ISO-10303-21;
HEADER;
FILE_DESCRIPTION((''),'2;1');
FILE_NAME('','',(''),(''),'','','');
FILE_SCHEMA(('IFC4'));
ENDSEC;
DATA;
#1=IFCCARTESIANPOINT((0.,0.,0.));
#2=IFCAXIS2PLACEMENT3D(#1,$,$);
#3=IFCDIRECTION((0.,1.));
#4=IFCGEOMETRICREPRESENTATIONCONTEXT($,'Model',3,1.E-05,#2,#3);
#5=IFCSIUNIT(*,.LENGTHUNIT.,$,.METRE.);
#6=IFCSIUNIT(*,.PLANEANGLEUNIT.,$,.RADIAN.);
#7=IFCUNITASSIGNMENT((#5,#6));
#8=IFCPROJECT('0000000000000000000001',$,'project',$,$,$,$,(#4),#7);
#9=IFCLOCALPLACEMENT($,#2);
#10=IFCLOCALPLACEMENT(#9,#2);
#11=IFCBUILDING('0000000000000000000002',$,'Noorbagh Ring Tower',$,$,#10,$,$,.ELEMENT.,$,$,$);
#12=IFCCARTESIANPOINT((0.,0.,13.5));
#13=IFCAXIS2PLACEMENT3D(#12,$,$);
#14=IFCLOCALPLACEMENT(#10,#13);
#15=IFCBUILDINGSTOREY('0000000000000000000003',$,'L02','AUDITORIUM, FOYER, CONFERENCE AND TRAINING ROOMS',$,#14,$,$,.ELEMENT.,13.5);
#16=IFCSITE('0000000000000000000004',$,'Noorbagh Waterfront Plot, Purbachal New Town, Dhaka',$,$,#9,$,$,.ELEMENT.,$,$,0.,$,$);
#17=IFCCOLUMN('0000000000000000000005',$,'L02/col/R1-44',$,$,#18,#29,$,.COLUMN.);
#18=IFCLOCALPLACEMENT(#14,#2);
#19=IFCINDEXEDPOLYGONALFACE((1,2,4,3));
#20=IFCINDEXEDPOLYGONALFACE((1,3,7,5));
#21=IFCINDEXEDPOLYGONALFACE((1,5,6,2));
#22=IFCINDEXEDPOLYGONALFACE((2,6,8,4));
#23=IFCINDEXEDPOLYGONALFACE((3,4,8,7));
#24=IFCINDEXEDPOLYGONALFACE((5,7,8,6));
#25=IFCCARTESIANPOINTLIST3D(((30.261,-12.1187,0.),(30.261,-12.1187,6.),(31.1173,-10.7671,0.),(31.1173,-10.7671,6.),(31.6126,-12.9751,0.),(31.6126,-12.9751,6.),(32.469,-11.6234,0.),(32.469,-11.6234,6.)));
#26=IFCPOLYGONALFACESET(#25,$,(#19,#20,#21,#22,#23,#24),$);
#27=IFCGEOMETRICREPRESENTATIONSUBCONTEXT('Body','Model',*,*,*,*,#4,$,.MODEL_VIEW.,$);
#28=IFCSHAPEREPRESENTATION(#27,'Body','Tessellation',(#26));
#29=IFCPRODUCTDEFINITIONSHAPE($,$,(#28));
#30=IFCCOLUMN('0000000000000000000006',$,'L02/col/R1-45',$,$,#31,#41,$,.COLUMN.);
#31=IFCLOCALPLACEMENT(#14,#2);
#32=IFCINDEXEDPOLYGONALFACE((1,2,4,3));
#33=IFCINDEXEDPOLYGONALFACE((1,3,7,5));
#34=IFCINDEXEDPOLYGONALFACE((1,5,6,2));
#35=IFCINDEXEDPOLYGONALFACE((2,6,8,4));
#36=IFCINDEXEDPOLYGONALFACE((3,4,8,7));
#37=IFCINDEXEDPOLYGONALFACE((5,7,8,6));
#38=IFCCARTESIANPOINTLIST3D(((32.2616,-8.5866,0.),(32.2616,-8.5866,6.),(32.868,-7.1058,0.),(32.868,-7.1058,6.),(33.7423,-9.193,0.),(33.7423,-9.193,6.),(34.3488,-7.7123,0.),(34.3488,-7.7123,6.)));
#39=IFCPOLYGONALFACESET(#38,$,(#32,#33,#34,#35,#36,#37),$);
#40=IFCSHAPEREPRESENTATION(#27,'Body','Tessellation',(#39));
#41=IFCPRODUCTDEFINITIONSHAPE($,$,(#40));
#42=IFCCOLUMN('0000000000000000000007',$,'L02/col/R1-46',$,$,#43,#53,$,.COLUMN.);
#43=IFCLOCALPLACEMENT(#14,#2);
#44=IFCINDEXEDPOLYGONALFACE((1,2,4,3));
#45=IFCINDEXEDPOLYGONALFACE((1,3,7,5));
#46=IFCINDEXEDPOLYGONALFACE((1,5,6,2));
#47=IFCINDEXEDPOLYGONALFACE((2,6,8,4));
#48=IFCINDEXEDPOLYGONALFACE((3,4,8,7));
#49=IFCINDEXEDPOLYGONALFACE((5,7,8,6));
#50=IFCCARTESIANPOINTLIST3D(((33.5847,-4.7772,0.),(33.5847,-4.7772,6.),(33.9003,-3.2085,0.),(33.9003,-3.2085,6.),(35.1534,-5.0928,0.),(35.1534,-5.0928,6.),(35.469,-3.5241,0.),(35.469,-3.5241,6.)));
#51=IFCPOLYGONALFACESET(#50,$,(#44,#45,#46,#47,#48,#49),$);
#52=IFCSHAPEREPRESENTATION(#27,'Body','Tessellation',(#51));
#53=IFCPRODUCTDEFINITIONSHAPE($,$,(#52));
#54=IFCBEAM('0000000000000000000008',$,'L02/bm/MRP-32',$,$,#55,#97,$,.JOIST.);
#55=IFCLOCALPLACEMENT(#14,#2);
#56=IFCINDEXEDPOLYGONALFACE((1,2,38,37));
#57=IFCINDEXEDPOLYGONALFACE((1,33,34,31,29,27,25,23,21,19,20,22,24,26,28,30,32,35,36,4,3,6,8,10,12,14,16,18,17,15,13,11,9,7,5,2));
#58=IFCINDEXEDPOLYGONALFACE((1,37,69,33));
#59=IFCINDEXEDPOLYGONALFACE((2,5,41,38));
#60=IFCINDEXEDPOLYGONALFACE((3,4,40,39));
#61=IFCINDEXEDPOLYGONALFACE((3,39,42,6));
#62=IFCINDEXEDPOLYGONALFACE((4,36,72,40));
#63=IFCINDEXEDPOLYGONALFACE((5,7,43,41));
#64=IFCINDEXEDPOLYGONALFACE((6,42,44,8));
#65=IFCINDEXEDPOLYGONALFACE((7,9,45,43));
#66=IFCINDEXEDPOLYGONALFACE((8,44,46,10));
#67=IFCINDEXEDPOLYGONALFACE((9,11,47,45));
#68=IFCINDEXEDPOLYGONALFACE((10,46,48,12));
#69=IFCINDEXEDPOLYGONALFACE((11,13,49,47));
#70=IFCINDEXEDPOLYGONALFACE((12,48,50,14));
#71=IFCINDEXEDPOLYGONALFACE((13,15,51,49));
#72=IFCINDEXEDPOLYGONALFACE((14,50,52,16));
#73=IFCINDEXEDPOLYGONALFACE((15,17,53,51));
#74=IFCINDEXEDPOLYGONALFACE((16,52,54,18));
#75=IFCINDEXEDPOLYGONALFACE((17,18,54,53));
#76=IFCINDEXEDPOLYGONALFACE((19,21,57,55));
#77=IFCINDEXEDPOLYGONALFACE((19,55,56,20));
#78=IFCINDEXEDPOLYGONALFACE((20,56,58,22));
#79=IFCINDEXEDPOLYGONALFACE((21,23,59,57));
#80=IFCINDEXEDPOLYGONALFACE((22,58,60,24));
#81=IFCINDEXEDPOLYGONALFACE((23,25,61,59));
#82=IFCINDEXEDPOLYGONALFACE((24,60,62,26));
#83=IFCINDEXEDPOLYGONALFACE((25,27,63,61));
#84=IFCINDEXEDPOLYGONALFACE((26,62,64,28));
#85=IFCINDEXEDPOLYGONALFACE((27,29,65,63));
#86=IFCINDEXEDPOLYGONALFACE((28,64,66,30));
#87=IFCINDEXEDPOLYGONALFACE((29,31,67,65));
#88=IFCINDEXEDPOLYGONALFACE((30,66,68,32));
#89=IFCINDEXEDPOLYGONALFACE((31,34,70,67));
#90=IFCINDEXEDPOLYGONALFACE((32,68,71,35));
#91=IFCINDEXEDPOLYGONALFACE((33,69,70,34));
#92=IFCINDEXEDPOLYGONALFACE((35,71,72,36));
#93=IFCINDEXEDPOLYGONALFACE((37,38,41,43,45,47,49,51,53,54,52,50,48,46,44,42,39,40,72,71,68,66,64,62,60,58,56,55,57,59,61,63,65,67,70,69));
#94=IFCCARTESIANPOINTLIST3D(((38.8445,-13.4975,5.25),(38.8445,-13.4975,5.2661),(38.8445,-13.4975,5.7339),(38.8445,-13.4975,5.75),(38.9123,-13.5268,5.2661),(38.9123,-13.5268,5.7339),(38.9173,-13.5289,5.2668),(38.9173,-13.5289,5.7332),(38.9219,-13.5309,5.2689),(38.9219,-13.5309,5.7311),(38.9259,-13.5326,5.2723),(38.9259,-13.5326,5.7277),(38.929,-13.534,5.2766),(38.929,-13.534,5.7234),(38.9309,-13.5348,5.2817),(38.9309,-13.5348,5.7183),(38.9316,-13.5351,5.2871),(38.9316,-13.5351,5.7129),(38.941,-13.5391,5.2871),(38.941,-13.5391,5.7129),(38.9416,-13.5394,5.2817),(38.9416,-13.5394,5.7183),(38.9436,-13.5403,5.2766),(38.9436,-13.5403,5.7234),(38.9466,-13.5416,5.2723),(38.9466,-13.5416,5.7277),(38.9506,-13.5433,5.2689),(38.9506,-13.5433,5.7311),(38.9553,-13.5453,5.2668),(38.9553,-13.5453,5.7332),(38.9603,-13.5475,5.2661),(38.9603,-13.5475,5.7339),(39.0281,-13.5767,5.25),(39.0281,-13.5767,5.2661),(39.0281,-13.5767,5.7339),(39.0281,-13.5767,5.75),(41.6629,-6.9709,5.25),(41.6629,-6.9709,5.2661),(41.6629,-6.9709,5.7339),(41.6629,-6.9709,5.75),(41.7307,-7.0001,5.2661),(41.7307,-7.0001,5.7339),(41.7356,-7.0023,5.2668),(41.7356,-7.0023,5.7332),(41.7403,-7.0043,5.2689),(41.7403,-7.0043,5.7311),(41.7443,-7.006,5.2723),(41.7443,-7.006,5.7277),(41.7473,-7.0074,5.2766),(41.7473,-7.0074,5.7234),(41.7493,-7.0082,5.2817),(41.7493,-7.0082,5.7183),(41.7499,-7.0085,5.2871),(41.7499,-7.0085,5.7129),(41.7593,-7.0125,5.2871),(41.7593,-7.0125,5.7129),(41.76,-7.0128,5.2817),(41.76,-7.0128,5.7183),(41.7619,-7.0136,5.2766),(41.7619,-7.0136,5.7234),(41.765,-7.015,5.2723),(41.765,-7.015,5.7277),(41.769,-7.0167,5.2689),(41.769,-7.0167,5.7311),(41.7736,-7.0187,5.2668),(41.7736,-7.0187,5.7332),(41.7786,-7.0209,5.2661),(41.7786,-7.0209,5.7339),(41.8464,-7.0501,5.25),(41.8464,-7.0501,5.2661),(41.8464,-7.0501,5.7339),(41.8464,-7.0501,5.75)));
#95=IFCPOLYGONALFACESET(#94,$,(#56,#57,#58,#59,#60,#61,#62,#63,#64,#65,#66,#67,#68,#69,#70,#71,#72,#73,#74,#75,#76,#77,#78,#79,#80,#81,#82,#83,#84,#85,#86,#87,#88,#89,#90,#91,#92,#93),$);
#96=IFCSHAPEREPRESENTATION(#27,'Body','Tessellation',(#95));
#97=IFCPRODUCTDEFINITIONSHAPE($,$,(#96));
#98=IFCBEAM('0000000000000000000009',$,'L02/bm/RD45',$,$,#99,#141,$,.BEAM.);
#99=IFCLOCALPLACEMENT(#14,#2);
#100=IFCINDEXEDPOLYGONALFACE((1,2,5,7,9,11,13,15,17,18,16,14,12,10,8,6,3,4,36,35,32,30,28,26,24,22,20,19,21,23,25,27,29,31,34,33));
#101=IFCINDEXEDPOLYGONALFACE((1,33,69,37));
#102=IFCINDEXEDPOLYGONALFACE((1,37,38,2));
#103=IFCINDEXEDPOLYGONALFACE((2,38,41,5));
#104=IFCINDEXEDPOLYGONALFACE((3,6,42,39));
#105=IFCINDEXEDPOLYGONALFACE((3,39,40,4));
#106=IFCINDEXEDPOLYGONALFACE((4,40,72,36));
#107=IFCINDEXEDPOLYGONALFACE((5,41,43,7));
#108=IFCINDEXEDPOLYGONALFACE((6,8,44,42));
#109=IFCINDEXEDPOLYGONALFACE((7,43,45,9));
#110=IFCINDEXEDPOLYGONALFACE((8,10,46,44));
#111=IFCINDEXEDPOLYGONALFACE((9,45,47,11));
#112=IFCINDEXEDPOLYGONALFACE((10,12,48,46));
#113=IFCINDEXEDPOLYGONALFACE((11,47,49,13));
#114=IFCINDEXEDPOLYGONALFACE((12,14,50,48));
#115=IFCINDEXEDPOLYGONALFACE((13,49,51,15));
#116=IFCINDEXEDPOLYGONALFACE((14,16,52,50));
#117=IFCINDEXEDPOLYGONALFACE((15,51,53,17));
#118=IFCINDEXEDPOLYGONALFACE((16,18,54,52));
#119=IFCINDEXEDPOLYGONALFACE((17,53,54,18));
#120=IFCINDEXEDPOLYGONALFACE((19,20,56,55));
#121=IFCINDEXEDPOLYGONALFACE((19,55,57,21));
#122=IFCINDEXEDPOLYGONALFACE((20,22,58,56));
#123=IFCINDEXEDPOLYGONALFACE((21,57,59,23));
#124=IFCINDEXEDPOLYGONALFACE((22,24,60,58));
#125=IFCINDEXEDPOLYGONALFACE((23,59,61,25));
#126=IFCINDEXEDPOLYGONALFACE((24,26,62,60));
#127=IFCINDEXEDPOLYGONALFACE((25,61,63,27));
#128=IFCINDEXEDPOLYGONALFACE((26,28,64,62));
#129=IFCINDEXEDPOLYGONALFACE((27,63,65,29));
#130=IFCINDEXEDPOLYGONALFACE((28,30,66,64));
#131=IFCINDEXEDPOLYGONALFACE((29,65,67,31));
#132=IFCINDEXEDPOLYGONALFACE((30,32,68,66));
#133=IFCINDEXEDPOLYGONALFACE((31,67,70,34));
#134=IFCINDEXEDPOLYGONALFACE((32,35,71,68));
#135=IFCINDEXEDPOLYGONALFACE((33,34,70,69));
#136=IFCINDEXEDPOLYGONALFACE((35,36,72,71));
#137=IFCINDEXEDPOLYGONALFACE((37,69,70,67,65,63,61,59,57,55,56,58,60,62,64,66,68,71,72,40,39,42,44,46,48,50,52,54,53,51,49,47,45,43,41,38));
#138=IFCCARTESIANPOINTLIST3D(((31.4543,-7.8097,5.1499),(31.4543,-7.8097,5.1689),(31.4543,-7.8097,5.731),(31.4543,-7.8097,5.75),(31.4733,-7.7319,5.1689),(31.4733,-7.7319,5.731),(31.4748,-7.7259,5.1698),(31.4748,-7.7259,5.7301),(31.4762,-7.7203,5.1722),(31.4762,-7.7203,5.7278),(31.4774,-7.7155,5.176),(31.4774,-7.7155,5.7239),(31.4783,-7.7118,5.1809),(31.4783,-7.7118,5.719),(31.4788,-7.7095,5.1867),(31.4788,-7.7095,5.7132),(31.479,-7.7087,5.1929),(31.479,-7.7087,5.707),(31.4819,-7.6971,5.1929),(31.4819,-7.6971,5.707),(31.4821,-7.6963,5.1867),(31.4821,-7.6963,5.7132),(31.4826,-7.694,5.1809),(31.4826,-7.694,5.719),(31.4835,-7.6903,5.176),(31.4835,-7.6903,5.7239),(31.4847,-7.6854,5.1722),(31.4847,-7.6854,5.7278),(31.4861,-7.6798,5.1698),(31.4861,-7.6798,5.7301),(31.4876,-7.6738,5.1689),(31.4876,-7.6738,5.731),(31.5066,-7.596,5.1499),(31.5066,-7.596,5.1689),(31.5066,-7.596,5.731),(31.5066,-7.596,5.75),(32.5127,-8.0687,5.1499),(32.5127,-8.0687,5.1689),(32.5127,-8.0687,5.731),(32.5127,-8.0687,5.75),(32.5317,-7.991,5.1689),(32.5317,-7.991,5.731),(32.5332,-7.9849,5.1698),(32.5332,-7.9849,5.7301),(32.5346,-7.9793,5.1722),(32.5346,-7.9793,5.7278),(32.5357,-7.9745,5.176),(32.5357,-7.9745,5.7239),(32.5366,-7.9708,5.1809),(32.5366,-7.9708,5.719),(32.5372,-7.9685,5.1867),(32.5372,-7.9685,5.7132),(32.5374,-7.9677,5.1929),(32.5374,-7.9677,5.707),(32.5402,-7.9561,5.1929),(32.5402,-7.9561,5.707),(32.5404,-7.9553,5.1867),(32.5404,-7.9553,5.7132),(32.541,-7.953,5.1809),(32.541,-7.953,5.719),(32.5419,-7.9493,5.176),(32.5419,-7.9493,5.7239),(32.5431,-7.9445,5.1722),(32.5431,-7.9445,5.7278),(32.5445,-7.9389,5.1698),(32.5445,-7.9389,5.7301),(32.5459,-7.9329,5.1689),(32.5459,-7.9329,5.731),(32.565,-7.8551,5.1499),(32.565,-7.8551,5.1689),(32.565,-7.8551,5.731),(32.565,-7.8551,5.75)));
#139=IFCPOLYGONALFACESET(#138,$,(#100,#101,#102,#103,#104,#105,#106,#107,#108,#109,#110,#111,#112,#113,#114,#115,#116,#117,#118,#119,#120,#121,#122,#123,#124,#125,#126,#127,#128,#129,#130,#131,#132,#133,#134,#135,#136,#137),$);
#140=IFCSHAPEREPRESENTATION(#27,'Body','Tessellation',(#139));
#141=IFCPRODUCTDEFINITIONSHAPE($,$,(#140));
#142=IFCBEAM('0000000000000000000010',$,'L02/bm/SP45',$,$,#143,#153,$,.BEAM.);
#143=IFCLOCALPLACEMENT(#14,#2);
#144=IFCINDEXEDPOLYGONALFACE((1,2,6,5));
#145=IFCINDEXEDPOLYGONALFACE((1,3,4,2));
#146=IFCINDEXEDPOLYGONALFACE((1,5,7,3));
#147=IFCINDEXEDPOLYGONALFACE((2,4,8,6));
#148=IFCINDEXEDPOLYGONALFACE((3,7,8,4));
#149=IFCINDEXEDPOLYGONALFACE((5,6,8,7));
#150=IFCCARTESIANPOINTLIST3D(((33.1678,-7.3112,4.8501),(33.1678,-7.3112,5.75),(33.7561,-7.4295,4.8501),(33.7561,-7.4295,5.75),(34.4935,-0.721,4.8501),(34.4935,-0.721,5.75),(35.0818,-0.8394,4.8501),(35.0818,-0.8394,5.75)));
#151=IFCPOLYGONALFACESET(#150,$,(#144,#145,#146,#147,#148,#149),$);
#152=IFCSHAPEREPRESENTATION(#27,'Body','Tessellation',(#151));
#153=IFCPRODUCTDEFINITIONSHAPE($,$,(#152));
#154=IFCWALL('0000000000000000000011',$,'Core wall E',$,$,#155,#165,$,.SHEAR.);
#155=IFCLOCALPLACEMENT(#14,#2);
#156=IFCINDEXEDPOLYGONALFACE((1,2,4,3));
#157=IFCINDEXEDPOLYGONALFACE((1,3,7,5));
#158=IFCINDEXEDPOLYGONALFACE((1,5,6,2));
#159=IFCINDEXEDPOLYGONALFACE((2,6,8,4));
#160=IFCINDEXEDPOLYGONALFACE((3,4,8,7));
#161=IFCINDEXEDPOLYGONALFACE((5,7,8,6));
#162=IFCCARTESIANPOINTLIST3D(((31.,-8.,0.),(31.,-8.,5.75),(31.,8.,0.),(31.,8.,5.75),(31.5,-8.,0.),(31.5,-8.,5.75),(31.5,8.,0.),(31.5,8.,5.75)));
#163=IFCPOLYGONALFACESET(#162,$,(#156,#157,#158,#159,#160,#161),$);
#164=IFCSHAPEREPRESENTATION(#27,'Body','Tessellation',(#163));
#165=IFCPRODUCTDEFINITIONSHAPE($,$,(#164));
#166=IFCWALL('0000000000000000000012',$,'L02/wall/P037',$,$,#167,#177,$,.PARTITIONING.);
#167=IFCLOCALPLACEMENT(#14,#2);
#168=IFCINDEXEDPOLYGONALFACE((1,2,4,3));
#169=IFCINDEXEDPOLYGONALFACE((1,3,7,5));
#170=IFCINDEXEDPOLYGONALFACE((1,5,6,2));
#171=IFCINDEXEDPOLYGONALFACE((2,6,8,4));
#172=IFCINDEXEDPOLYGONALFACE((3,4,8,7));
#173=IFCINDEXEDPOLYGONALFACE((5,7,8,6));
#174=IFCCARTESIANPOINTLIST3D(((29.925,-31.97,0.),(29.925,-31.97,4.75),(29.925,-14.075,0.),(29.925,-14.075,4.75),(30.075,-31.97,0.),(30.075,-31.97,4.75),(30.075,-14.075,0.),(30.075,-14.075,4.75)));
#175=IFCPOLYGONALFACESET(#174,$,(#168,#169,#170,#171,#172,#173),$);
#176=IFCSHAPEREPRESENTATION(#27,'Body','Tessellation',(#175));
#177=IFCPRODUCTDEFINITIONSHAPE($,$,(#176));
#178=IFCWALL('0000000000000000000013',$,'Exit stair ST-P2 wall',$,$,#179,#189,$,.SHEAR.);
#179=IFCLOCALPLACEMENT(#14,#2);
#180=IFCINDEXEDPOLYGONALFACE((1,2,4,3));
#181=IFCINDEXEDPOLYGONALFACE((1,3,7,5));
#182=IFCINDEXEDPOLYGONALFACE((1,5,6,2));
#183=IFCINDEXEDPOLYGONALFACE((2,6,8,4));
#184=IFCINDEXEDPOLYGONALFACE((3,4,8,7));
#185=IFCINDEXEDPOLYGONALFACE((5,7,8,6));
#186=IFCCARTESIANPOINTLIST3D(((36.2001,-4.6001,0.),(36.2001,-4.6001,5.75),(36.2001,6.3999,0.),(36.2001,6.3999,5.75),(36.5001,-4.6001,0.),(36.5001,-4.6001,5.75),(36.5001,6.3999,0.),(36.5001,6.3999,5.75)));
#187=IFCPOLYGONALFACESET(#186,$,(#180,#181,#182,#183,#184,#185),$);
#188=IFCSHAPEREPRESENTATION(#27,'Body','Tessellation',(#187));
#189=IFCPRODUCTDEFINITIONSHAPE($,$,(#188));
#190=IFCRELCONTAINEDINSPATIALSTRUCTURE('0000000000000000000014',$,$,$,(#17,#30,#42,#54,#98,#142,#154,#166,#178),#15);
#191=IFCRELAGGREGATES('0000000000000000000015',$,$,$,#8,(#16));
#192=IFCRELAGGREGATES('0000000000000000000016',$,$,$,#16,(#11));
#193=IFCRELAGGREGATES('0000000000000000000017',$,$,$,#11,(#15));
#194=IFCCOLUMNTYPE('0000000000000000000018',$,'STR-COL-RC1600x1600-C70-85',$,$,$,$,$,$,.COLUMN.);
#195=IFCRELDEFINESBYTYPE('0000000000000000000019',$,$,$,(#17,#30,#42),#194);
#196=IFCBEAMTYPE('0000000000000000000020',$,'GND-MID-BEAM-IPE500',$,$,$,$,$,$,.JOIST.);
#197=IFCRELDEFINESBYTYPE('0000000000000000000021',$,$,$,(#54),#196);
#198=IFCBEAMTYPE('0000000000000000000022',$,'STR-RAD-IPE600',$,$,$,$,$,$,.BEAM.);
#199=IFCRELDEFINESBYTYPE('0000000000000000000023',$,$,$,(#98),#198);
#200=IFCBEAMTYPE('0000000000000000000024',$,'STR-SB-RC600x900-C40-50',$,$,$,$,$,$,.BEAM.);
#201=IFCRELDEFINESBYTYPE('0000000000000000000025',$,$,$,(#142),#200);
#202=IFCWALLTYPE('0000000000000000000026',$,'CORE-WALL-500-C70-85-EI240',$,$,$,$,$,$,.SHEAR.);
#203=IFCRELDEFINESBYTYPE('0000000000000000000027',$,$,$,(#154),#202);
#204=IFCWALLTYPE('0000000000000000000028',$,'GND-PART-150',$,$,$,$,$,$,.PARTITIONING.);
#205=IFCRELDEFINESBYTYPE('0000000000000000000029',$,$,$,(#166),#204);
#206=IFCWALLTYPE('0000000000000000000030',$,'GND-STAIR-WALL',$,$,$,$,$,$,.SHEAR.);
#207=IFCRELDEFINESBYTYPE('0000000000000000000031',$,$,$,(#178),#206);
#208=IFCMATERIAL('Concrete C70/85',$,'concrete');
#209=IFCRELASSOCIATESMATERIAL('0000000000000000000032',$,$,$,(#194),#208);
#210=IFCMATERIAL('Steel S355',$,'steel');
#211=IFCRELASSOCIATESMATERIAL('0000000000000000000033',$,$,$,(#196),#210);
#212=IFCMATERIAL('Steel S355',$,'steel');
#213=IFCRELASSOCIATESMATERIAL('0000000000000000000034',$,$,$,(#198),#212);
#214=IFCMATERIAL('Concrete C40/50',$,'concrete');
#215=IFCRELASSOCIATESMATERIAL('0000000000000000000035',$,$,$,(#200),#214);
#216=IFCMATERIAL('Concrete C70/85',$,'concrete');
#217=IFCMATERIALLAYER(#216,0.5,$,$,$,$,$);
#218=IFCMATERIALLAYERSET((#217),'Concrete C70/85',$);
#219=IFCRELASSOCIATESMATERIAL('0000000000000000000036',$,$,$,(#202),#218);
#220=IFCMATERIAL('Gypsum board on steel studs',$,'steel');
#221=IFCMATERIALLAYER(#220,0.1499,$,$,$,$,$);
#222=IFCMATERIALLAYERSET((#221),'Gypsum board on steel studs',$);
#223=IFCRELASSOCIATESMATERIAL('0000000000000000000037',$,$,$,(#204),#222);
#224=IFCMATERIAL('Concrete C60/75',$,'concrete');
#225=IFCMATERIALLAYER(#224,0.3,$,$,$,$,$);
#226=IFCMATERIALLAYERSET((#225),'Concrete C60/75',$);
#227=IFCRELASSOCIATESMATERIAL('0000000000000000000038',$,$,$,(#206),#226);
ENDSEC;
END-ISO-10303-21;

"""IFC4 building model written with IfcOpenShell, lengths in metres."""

from ifc_helpers import new_model, si_unit, direction, frame, frame_2d, origin, origin_2d, place, context, subcontext, project, spatial, rectangle, i_section, extrude, material, layer, layer_set, material_profile, profile_set, type_object, element, save


model = new_model("IFC4")

# Units and contexts
model_context = context("Model", 3, precision=1e-05, world=origin(), true_north=direction((0.0, 1.0)))
body_context = subcontext(model_context, "Body", "Model", "MODEL_VIEW")
ifc_project = project(units=[si_unit("LENGTHUNIT", "METRE"), si_unit("PLANEANGLEUNIT", "RADIAN")], contexts=[model_context])

# Site, building, storey
site_placement = place(None, origin())
site = spatial("IfcSite", under=ifc_project, at=site_placement, Name="Noorbagh Waterfront Plot, Purbachal New Town, Dhaka", CompositionType="ELEMENT", RefElevation=0.0)
building_placement = place(site_placement, origin())
building = spatial("IfcBuilding", under=site, at=building_placement, Name="Noorbagh Ring Tower", CompositionType="ELEMENT")
storey_placement = place(building_placement, frame((0.0, 0.0, 13.5)))
storey = spatial("IfcBuildingStorey", under=building, at=storey_placement, Name="L02", Description="AUDITORIUM, FOYER, CONFERENCE AND TRAINING ROOMS", CompositionType="ELEMENT", Elevation=13.5)

# Columns
ifc_material_1 = material(Name="Concrete C70/85", Category="concrete")
ifc_material_profile_1 = material_profile(ifc_material_1, rectangle(XDim=1.6001, YDim=1.6001, at=origin_2d()), Name="RC1600x1600")
ifc_profile_set_1 = profile_set([ifc_material_profile_1], Name="Concrete C70/85")
column_type = type_object("IfcColumnType", Name="STR-COL-RC1600x1600-C70-85", PredefinedType="COLUMN", material=ifc_profile_set_1)
for number, where, z_axis, x_axis, name in (
    (1, (31.365, -11.8711, 0.0), (0.0, 0.0, 1.0), (0.53519, 0.844731, 0.0), "L02/col/R1-44"),
    (2, (33.3052, -8.1494, 0.0), (0.0, 0.0, 1.0), (0.378989, 0.925401, 0.0), "L02/col/R1-45"),
    (3, (34.5269, -4.1506, 0.0), (0.0, 0.0, 1.0), (0.19723, 0.980357, 0.0), "L02/col/R1-46"),
):
    element("IfcColumn", number, at=place(storey_placement, frame(where, z_axis=z_axis, x_axis=x_axis)), inside=storey, type_object=column_type, Name=name, PredefinedType="COLUMN", context=body_context, shape_type="SweptSolid", body=[
        extrude(rectangle(XDim=1.6001, YDim=1.6001, at=origin_2d()), origin(), (0.0, 0.0, 1.0), 6.0),
    ])

# Beams
ifc_material_2 = material(Name="Steel S355", Category="steel")
ifc_material_profile_2 = material_profile(ifc_material_2, i_section(OverallWidth=0.2, OverallDepth=0.5, WebThickness=0.0103, FlangeThickness=0.0161, FilletRadius=0.021, at=origin_2d()), Name="IPE500")
ifc_profile_set_2 = profile_set([ifc_material_profile_2], Name="Steel S355")
beam_type_1 = type_object("IfcBeamType", Name="GND-MID-BEAM-IPE500", PredefinedType="JOIST", material=ifc_profile_set_2)
beam_1_placement = place(storey_placement, frame((38.9363, -13.5371, 5.5), z_axis=(0.396442, 0.91806, 0.0), x_axis=(-0.91806, 0.396442, 0.0)))
element("IfcBeam", 4, at=beam_1_placement, inside=storey, type_object=beam_type_1, Name="L02/bm/MRP-32", PredefinedType="JOIST", context=body_context, shape_type="SweptSolid", body=[
    extrude(i_section(OverallWidth=0.2, OverallDepth=0.5, WebThickness=0.0103, FlangeThickness=0.0161, FilletRadius=0.021, at=origin_2d()), origin(), (0.0, 0.0, 1.0), 7.1091),
])
ifc_material_3 = material(Name="Steel S355", Category="steel")
ifc_material_profile_3 = material_profile(ifc_material_3, i_section(OverallWidth=0.22, OverallDepth=0.6001, WebThickness=0.012, FlangeThickness=0.019, FilletRadius=0.0239, at=origin_2d()), Name="IPE600")
ifc_profile_set_3 = profile_set([ifc_material_profile_3], Name="Steel S355")
beam_type_2 = type_object("IfcBeamType", Name="STR-RAD-IPE600", PredefinedType="BEAM", material=ifc_profile_set_3)
beam_2_placement = place(storey_placement, frame((32.5388, -7.9619, 5.45), z_axis=(-0.97133, 0.237735, 0.0), x_axis=(-0.237735, -0.97133, 0.0)))
element("IfcBeam", 5, at=beam_2_placement, inside=storey, type_object=beam_type_2, Name="L02/bm/RD45", PredefinedType="BEAM", context=body_context, shape_type="SweptSolid", body=[
    extrude(i_section(OverallWidth=0.22, OverallDepth=0.6001, WebThickness=0.012, FlangeThickness=0.019, FilletRadius=0.0239, at=origin_2d()), origin(), (0.0, 0.0, 1.0), 1.0896),
])
ifc_material_4 = material(Name="Concrete C40/50", Category="concrete")
ifc_material_profile_4 = material_profile(ifc_material_4, rectangle(XDim=0.6001, YDim=0.8999, at=origin_2d()), Name="RC600x900")
ifc_profile_set_4 = profile_set([ifc_material_profile_4], Name="Concrete C40/50")
beam_type_3 = type_object("IfcBeamType", Name="STR-SB-RC600x900-C40-50", PredefinedType="BEAM", material=ifc_profile_set_4)
beam_3_placement = place(storey_placement, frame((33.4619, -7.3704, 5.3), z_axis=(0.197213, 0.980361, 0.0), x_axis=(-0.980361, 0.197213, 0.0)))
element("IfcBeam", 6, at=beam_3_placement, inside=storey, type_object=beam_type_3, Name="L02/bm/SP45", PredefinedType="BEAM", context=body_context, shape_type="SweptSolid", body=[
    extrude(rectangle(XDim=0.6001, YDim=0.8999, at=origin_2d()), origin(), (0.0, 0.0, 1.0), 6.7222),
])

# Walls
ifc_material_5 = material(Name="Concrete C70/85", Category="concrete")
ifc_layer_1 = layer(ifc_material_5, 0.5)
ifc_layer_set_1 = layer_set([ifc_layer_1], Name="Concrete C70/85")
wall_type_1 = type_object("IfcWallType", Name="CORE-WALL-500-C70-85-EI240", PredefinedType="SHEAR", material=ifc_layer_set_1)
wall_1_placement = place(storey_placement, frame((31.25, -8.0, 0.0), z_axis=(0.0, 0.0, 1.0), x_axis=(0.0, 1.0, 0.0)))
element("IfcWall", 7, at=wall_1_placement, inside=storey, type_object=wall_type_1, Name="Core wall E", PredefinedType="SHEAR", context=body_context, shape_type="SweptSolid", body=[
    extrude(rectangle(XDim=16.0, YDim=0.5, at=frame_2d((8.0, 0.0))), origin(), (0.0, 0.0, 1.0), 5.75),
])
ifc_material_6 = material(Name="Gypsum board on steel studs", Category="steel")
ifc_layer_2 = layer(ifc_material_6, 0.1499)
ifc_layer_set_2 = layer_set([ifc_layer_2], Name="Gypsum board on steel studs")
wall_type_2 = type_object("IfcWallType", Name="GND-PART-150", PredefinedType="PARTITIONING", material=ifc_layer_set_2)
wall_2_placement = place(storey_placement, frame((30.0, -14.075, 0.0), z_axis=(0.0, 0.0, 1.0), x_axis=(0.0, -1.0, 0.0)))
element("IfcWall", 8, at=wall_2_placement, inside=storey, type_object=wall_type_2, Name="L02/wall/P037", PredefinedType="PARTITIONING", context=body_context, shape_type="SweptSolid", body=[
    extrude(rectangle(XDim=17.895, YDim=0.1499, at=frame_2d((8.9475, 0.0))), origin(), (0.0, 0.0, 1.0), 4.75),
])
ifc_material_7 = material(Name="Concrete C60/75", Category="concrete")
ifc_layer_3 = layer(ifc_material_7, 0.3)
ifc_layer_set_3 = layer_set([ifc_layer_3], Name="Concrete C60/75")
wall_type_3 = type_object("IfcWallType", Name="GND-STAIR-WALL", PredefinedType="SHEAR", material=ifc_layer_set_3)
wall_3_placement = place(storey_placement, frame((36.3501, -4.6001, 0.0), z_axis=(0.0, 0.0, 1.0), x_axis=(0.0, 1.0, 0.0)))
element("IfcWall", 9, at=wall_3_placement, inside=storey, type_object=wall_type_3, Name="Exit stair ST-P2 wall", PredefinedType="SHEAR", context=body_context, shape_type="SweptSolid", body=[
    extrude(rectangle(XDim=11.0, YDim=0.3, at=frame_2d((5.5, 0.0))), origin(), (0.0, 0.0, 1.0), 5.75),
])

save(model, "model.ifc")
